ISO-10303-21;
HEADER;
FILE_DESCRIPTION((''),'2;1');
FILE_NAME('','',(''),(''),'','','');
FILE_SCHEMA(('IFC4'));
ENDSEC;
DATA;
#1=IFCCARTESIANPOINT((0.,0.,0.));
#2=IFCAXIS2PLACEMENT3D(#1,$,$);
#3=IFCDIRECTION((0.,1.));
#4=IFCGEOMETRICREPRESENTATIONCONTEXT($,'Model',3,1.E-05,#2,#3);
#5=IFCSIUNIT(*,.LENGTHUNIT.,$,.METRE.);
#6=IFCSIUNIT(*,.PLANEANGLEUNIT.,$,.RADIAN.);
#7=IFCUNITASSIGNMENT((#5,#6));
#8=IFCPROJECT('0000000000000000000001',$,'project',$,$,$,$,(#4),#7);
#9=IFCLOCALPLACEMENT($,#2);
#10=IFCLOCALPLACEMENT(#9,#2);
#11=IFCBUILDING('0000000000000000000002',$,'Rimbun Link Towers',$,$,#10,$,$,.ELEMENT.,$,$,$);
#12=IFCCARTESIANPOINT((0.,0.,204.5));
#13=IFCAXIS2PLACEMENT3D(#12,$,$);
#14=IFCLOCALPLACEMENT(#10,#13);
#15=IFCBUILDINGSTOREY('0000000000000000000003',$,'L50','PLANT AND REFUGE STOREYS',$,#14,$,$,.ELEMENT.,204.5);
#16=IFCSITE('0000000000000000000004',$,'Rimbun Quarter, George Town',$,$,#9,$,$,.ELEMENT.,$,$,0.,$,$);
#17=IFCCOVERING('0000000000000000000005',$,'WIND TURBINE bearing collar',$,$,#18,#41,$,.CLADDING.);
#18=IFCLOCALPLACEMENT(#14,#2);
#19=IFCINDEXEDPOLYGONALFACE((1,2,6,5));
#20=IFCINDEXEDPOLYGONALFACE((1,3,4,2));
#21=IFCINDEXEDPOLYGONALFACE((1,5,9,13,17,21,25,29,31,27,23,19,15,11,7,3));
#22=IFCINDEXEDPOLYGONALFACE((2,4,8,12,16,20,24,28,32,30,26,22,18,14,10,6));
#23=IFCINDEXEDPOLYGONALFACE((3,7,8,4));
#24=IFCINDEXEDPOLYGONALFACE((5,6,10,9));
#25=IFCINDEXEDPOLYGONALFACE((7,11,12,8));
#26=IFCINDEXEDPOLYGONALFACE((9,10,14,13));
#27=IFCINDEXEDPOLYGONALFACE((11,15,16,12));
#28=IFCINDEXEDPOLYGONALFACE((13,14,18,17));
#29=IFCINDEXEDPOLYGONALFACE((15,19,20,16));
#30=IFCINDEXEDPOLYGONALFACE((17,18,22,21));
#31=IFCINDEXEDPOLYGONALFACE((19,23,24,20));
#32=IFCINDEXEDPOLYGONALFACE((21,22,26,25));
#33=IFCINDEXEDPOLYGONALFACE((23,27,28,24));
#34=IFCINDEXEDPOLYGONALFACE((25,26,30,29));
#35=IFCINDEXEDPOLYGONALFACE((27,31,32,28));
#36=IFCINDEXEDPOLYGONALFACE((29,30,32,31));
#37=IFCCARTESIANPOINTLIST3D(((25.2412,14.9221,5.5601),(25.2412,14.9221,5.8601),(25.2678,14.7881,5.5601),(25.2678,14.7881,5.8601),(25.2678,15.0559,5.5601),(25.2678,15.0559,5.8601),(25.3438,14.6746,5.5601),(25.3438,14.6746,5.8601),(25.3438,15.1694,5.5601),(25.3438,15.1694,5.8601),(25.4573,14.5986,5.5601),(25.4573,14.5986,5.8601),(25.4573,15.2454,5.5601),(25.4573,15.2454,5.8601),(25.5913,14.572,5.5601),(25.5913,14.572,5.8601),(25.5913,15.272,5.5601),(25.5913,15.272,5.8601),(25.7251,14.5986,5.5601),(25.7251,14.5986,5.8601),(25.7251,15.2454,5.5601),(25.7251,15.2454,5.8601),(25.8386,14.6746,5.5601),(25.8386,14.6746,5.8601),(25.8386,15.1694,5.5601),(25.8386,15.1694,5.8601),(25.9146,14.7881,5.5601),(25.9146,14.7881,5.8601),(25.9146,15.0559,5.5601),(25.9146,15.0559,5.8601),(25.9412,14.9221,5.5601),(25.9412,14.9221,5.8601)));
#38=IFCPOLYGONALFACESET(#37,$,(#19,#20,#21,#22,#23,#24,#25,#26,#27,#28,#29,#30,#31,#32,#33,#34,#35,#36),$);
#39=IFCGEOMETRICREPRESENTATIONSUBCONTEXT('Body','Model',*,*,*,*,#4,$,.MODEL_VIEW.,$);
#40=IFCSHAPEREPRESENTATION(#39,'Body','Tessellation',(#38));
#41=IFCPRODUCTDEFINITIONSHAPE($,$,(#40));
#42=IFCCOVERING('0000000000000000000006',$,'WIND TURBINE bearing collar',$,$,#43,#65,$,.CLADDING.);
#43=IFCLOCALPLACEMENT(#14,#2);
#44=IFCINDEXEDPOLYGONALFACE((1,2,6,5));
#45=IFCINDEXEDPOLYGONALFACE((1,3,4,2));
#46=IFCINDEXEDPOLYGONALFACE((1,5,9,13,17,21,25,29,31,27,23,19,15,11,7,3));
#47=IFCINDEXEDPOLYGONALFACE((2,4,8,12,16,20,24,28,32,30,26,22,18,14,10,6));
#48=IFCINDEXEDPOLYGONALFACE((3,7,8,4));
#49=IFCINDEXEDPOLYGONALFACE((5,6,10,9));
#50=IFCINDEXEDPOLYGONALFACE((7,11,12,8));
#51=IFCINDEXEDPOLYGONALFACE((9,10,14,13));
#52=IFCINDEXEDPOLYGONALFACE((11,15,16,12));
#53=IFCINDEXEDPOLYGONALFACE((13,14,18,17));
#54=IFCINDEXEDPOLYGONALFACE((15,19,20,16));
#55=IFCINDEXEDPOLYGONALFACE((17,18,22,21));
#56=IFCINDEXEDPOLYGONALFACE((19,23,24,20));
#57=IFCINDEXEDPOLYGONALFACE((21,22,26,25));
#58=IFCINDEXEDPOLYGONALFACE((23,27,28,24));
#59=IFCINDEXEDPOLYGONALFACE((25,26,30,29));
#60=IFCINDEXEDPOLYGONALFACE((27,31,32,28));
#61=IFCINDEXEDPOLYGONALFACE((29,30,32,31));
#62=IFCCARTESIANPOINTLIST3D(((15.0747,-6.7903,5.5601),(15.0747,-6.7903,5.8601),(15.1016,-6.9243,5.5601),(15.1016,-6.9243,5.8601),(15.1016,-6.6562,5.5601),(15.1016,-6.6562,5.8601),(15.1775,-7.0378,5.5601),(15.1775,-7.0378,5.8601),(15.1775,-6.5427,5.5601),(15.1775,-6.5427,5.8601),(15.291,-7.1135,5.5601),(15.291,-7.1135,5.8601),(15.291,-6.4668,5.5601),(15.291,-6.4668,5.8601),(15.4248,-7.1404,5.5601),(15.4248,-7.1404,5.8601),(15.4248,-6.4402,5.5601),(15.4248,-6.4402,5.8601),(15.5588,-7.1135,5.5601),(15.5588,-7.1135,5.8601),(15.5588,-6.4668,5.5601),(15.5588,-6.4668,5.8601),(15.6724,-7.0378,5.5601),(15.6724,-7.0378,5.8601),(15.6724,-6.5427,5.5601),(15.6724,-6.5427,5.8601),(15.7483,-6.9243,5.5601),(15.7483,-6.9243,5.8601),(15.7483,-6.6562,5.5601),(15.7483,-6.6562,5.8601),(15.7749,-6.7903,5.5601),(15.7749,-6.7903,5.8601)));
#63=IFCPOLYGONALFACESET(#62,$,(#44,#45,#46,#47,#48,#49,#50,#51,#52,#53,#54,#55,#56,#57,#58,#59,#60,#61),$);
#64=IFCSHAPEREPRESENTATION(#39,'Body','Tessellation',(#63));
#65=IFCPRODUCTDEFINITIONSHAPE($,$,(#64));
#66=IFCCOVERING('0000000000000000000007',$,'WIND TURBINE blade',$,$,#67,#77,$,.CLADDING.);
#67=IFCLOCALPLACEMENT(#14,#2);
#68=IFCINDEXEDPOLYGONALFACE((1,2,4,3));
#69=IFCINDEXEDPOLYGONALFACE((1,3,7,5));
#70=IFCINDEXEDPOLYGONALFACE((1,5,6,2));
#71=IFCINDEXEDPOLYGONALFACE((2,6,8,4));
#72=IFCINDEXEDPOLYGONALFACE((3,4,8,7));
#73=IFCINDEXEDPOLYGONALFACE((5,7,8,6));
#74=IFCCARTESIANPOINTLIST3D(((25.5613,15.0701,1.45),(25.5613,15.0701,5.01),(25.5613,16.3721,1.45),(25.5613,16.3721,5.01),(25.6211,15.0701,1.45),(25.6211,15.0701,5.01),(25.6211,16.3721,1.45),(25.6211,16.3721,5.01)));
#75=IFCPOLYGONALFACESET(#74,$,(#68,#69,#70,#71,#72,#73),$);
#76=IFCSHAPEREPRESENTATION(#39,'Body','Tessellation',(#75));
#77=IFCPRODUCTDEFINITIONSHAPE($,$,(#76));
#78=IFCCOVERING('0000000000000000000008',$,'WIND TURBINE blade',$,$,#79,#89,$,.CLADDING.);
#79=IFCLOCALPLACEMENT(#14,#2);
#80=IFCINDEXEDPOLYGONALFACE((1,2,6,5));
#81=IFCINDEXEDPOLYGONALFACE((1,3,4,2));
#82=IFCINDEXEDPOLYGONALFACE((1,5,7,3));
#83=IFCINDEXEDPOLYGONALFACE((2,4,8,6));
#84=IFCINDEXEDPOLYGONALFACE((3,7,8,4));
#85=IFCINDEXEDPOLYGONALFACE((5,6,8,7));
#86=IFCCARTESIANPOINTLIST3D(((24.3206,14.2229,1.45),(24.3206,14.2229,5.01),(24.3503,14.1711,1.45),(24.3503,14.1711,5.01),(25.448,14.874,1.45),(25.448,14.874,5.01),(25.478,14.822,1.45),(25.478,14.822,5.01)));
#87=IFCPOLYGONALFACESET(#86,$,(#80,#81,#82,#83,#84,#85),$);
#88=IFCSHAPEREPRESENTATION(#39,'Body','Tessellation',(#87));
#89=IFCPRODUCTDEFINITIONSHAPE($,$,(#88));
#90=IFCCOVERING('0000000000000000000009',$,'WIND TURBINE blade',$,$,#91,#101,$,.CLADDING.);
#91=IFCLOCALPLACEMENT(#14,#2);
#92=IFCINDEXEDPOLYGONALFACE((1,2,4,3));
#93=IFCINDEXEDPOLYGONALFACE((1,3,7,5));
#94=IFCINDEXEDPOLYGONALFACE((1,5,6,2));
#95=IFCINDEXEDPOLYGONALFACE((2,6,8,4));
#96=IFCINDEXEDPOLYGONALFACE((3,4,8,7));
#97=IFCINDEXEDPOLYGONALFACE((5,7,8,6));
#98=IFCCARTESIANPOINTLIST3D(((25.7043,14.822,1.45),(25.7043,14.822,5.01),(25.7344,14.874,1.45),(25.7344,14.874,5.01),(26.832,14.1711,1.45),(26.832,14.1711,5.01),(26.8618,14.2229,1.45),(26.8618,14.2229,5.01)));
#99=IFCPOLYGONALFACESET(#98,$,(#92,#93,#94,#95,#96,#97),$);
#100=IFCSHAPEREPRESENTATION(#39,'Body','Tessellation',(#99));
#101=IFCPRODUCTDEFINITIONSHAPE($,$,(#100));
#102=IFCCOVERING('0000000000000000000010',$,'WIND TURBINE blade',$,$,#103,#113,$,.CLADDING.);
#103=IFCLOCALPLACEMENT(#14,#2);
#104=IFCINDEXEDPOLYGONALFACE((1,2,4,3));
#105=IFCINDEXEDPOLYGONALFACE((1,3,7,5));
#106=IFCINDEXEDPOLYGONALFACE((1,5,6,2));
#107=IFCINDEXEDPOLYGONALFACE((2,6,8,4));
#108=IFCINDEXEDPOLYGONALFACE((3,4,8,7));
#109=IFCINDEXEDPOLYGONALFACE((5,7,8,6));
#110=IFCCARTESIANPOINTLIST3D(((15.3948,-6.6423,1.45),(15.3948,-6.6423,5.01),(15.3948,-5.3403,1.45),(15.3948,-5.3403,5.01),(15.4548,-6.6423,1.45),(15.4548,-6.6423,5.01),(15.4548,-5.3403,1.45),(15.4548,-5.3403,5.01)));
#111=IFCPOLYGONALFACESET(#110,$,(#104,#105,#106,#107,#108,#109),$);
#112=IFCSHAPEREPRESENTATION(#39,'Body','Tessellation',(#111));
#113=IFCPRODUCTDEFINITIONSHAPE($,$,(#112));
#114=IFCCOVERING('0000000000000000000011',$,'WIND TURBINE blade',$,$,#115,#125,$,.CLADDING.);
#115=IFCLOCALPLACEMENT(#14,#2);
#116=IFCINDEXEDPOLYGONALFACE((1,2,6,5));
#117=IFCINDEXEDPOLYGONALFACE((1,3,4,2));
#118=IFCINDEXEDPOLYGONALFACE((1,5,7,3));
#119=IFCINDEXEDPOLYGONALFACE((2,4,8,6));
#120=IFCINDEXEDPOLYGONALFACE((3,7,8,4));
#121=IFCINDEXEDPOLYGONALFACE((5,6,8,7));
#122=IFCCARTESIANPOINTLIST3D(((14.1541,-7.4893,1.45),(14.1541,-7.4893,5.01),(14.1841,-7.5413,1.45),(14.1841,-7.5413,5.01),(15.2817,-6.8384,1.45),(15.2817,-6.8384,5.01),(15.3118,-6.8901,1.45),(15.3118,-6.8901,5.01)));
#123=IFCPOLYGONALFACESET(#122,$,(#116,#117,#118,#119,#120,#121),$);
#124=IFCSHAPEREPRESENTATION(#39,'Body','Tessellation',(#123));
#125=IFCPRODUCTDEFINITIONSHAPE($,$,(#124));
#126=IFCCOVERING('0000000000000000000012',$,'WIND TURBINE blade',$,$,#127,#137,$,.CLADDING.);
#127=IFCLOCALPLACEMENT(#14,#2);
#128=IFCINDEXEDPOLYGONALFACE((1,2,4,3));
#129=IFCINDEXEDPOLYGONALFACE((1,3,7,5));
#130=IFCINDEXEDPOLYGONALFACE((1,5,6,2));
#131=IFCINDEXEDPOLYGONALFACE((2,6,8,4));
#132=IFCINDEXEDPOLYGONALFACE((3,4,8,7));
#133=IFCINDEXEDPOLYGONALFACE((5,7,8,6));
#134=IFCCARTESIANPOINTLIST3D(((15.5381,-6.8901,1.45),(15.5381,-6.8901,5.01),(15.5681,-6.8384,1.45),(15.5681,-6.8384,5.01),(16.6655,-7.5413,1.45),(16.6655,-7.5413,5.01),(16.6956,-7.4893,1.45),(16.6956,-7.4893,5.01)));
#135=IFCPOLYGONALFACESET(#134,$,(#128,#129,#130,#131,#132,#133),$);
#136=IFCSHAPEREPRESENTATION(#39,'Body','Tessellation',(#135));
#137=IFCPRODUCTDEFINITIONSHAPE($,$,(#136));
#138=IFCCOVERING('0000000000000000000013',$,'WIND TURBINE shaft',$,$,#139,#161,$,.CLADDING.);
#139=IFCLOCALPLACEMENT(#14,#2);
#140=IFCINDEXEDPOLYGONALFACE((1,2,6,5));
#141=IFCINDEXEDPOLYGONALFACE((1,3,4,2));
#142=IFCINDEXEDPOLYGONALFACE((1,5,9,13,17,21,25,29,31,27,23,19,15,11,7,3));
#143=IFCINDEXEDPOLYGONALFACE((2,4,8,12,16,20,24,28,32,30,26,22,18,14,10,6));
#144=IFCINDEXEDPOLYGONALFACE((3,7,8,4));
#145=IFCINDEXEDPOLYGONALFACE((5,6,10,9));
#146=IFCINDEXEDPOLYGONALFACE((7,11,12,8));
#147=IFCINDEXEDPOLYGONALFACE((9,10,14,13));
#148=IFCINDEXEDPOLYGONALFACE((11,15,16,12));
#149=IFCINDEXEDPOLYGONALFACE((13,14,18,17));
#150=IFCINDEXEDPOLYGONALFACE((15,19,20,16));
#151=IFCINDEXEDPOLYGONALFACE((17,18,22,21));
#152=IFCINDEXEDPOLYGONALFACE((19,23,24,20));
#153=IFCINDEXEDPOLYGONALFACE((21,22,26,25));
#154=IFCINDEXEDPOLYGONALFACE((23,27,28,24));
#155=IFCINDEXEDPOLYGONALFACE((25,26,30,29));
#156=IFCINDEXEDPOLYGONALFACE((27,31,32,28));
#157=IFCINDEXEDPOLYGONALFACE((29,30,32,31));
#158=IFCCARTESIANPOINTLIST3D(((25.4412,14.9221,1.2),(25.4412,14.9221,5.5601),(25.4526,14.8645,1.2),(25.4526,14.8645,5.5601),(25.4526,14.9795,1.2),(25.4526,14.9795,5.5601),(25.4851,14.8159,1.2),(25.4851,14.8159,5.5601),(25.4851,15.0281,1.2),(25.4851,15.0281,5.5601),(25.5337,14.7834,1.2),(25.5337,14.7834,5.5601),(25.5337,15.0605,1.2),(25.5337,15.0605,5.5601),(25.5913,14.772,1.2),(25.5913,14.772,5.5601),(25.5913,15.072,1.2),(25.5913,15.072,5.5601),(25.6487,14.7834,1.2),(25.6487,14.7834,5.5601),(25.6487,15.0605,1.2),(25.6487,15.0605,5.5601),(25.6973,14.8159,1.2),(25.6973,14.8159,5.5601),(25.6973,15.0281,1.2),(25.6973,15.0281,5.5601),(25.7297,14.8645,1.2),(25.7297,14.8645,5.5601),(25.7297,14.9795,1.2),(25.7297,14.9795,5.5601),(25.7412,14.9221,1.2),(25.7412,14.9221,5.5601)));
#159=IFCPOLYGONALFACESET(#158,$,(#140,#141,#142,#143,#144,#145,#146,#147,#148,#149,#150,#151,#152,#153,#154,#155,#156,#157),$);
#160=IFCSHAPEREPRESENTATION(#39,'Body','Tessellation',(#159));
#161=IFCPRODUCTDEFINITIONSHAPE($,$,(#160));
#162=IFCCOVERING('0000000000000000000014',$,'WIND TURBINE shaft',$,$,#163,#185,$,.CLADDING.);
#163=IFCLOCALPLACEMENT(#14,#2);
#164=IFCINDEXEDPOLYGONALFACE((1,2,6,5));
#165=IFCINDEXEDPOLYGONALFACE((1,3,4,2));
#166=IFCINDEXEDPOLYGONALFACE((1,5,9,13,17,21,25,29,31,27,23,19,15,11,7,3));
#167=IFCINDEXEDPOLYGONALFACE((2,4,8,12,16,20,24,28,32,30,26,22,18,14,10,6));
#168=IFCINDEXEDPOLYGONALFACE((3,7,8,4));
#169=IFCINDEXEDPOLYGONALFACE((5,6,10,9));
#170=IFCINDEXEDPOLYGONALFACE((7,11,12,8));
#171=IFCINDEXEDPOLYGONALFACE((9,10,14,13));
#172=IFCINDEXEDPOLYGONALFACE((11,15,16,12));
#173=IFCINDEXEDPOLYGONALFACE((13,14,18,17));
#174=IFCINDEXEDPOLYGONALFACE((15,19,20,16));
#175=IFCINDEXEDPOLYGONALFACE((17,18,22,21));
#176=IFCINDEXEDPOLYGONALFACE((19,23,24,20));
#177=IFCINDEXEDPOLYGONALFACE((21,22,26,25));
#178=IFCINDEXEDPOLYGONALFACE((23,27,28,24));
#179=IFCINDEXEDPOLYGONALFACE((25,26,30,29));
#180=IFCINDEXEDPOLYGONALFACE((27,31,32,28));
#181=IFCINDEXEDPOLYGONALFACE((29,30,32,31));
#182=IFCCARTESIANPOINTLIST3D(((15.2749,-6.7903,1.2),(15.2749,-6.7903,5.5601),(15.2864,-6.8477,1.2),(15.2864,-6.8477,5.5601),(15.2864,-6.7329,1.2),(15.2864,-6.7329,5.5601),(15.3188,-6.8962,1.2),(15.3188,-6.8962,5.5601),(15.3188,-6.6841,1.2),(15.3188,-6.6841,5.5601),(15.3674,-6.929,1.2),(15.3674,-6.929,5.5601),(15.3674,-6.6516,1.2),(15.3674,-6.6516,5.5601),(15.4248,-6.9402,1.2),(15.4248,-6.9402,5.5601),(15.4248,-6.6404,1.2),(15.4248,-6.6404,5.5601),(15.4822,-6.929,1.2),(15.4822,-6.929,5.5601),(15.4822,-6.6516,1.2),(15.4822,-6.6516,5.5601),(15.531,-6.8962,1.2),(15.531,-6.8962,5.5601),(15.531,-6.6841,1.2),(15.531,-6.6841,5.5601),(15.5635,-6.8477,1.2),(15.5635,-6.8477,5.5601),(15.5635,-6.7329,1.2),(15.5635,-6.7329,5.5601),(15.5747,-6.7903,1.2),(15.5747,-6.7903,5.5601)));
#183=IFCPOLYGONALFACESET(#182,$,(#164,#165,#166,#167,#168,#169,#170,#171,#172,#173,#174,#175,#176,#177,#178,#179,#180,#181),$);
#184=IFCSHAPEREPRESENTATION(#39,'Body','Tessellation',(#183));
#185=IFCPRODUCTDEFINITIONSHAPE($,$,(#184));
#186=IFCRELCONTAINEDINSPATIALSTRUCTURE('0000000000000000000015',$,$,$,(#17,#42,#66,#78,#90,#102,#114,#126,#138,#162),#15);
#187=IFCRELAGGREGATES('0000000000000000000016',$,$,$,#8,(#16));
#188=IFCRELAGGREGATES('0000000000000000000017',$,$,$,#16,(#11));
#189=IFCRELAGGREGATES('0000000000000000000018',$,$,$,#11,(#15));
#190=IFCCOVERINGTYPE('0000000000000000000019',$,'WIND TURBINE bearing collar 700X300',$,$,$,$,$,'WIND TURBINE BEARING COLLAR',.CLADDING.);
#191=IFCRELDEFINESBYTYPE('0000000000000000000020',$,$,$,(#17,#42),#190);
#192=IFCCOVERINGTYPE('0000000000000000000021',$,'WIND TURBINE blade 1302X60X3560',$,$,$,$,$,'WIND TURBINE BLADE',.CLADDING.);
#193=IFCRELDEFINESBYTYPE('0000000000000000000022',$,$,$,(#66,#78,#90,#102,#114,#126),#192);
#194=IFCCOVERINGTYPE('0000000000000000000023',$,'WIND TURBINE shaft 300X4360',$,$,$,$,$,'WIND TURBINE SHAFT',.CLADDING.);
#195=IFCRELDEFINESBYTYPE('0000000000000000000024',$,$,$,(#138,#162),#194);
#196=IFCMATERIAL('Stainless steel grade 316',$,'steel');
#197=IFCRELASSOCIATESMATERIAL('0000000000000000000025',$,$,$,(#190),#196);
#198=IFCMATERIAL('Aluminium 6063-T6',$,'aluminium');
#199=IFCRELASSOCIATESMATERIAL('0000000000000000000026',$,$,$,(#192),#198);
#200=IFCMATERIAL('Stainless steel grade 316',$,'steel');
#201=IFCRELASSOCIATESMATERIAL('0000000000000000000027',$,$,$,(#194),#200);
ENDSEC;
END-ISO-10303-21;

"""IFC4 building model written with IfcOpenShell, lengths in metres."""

from ifc_helpers import new_model, si_unit, direction, frame, origin, place, context, subcontext, project, spatial, polyline, outline, extrude, material, type_object, element, save


model = new_model("IFC4")

# Units and contexts
model_context = context("Model", 3, precision=1e-05, world=origin(), true_north=direction((0.0, 1.0)))
body_context = subcontext(model_context, "Body", "Model", "MODEL_VIEW")
ifc_project = project(units=[si_unit("LENGTHUNIT", "METRE"), si_unit("PLANEANGLEUNIT", "RADIAN")], contexts=[model_context])

# Site, building, storey
site_placement = place(None, origin())
site = spatial("IfcSite", under=ifc_project, at=site_placement, Name="Rimbun Quarter, George Town", CompositionType="ELEMENT", RefElevation=0.0)
building_placement = place(site_placement, origin())
building = spatial("IfcBuilding", under=site, at=building_placement, Name="Rimbun Link Towers", CompositionType="ELEMENT")
storey_placement = place(building_placement, frame((0.0, 0.0, 204.5)))
storey = spatial("IfcBuildingStorey", under=building, at=storey_placement, Name="L50", Description="PLANT AND REFUGE STOREYS", CompositionType="ELEMENT", Elevation=204.5)

# Coverings
ifc_material_1 = material(Name="Stainless steel grade 316", Category="steel")
covering_type_1 = type_object("IfcCoveringType", Name="WIND TURBINE bearing collar 700X300", ElementType="WIND TURBINE BEARING COLLAR", PredefinedType="CLADDING", material=ifc_material_1)
covering_1_placement = place(storey_placement, frame((0.0, 0.0, 5.5601)))
element("IfcCovering", 1, at=covering_1_placement, inside=storey, type_object=covering_type_1, Name="WIND TURBINE bearing collar", PredefinedType="CLADDING", context=body_context, shape_type="SweptSolid", body=[
    extrude(outline(polyline([(25.9412, 14.9221), (25.9146, 15.0559), (25.8386, 15.1694), (25.7251, 15.2454), (25.5913, 15.272), (25.4573, 15.2454), (25.3438, 15.1694), (25.2678, 15.0559), (25.2412, 14.9221), (25.2678, 14.7881), (25.3438, 14.6746), (25.4573, 14.5986), (25.5913, 14.572), (25.7251, 14.5986), (25.8386, 14.6746), (25.9146, 14.7881), (25.9412, 14.9221)])), origin(), (0.0, 0.0, 1.0), 0.3),
])
covering_2_placement = place(storey_placement, frame((0.0, 0.0, 5.5601)))
element("IfcCovering", 2, at=covering_2_placement, inside=storey, type_object=covering_type_1, Name="WIND TURBINE bearing collar", PredefinedType="CLADDING", context=body_context, shape_type="SweptSolid", body=[
    extrude(outline(polyline([(15.7749, -6.7903), (15.7483, -6.6562), (15.6724, -6.5427), (15.5588, -6.4668), (15.4248, -6.4402), (15.291, -6.4668), (15.1775, -6.5427), (15.1016, -6.6562), (15.0747, -6.7903), (15.1016, -6.9243), (15.1775, -7.0378), (15.291, -7.1135), (15.4248, -7.1404), (15.5588, -7.1135), (15.6724, -7.0378), (15.7483, -6.9243), (15.7749, -6.7903)])), origin(), (0.0, 0.0, 1.0), 0.3),
])
ifc_material_2 = material(Name="Aluminium 6063-T6", Category="aluminium")
covering_type_2 = type_object("IfcCoveringType", Name="WIND TURBINE blade 1302X60X3560", ElementType="WIND TURBINE BLADE", PredefinedType="CLADDING", material=ifc_material_2)
covering_3_placement = place(storey_placement, frame((0.0, 0.0, 1.45)))
element("IfcCovering", 3, at=covering_3_placement, inside=storey, type_object=covering_type_2, Name="WIND TURBINE blade", PredefinedType="CLADDING", context=body_context, shape_type="SweptSolid", body=[
    extrude(outline(polyline([(25.6211, 15.0701), (25.6211, 16.3721), (25.5613, 16.3721), (25.5613, 15.0701), (25.6211, 15.0701)])), origin(), (0.0, 0.0, 1.0), 3.5601),
])
covering_4_placement = place(storey_placement, frame((0.0, 0.0, 1.45)))
element("IfcCovering", 4, at=covering_4_placement, inside=storey, type_object=covering_type_2, Name="WIND TURBINE blade", PredefinedType="CLADDING", context=body_context, shape_type="SweptSolid", body=[
    extrude(outline(polyline([(25.448, 14.874), (24.3206, 14.2229), (24.3503, 14.1711), (25.478, 14.822), (25.448, 14.874)])), origin(), (0.0, 0.0, 1.0), 3.5601),
])
covering_5_placement = place(storey_placement, frame((0.0, 0.0, 1.45)))
element("IfcCovering", 5, at=covering_5_placement, inside=storey, type_object=covering_type_2, Name="WIND TURBINE blade", PredefinedType="CLADDING", context=body_context, shape_type="SweptSolid", body=[
    extrude(outline(polyline([(25.7043, 14.822), (26.832, 14.1711), (26.8618, 14.2229), (25.7344, 14.874), (25.7043, 14.822)])), origin(), (0.0, 0.0, 1.0), 3.5601),
])
covering_6_placement = place(storey_placement, frame((0.0, 0.0, 1.45)))
element("IfcCovering", 6, at=covering_6_placement, inside=storey, type_object=covering_type_2, Name="WIND TURBINE blade", PredefinedType="CLADDING", context=body_context, shape_type="SweptSolid", body=[
    extrude(outline(polyline([(15.4548, -6.6423), (15.4548, -5.3403), (15.3948, -5.3403), (15.3948, -6.6423), (15.4548, -6.6423)])), origin(), (0.0, 0.0, 1.0), 3.5601),
])
covering_7_placement = place(storey_placement, frame((0.0, 0.0, 1.45)))
element("IfcCovering", 7, at=covering_7_placement, inside=storey, type_object=covering_type_2, Name="WIND TURBINE blade", PredefinedType="CLADDING", context=body_context, shape_type="SweptSolid", body=[
    extrude(outline(polyline([(15.2817, -6.8384), (14.1541, -7.4893), (14.1841, -7.5413), (15.3118, -6.8901), (15.2817, -6.8384)])), origin(), (0.0, 0.0, 1.0), 3.5601),
])
covering_8_placement = place(storey_placement, frame((0.0, 0.0, 1.45)))
element("IfcCovering", 8, at=covering_8_placement, inside=storey, type_object=covering_type_2, Name="WIND TURBINE blade", PredefinedType="CLADDING", context=body_context, shape_type="SweptSolid", body=[
    extrude(outline(polyline([(15.5381, -6.8901), (16.6655, -7.5413), (16.6956, -7.4893), (15.5681, -6.8384), (15.5381, -6.8901)])), origin(), (0.0, 0.0, 1.0), 3.5601),
])
ifc_material_3 = material(Name="Stainless steel grade 316", Category="steel")
covering_type_3 = type_object("IfcCoveringType", Name="WIND TURBINE shaft 300X4360", ElementType="WIND TURBINE SHAFT", PredefinedType="CLADDING", material=ifc_material_3)
covering_9_placement = place(storey_placement, frame((0.0, 0.0, 1.2)))
element("IfcCovering", 9, at=covering_9_placement, inside=storey, type_object=covering_type_3, Name="WIND TURBINE shaft", PredefinedType="CLADDING", context=body_context, shape_type="SweptSolid", body=[
    extrude(outline(polyline([(25.7412, 14.9221), (25.7297, 14.9795), (25.6973, 15.0281), (25.6487, 15.0605), (25.5913, 15.072), (25.5337, 15.0605), (25.4851, 15.0281), (25.4526, 14.9795), (25.4412, 14.9221), (25.4526, 14.8645), (25.4851, 14.8159), (25.5337, 14.7834), (25.5913, 14.772), (25.6487, 14.7834), (25.6973, 14.8159), (25.7297, 14.8645), (25.7412, 14.9221)])), origin(), (0.0, 0.0, 1.0), 4.3601),
])
covering_10_placement = place(storey_placement, frame((0.0, 0.0, 1.2)))
element("IfcCovering", 10, at=covering_10_placement, inside=storey, type_object=covering_type_3, Name="WIND TURBINE shaft", PredefinedType="CLADDING", context=body_context, shape_type="SweptSolid", body=[
    extrude(outline(polyline([(15.5747, -6.7903), (15.5635, -6.7329), (15.531, -6.6841), (15.4822, -6.6516), (15.4248, -6.6404), (15.3674, -6.6516), (15.3188, -6.6841), (15.2864, -6.7329), (15.2749, -6.7903), (15.2864, -6.8477), (15.3188, -6.8962), (15.3674, -6.929), (15.4248, -6.9402), (15.4822, -6.929), (15.531, -6.8962), (15.5635, -6.8477), (15.5747, -6.7903)])), origin(), (0.0, 0.0, 1.0), 4.3601),
])

save(model, "model.ifc")
